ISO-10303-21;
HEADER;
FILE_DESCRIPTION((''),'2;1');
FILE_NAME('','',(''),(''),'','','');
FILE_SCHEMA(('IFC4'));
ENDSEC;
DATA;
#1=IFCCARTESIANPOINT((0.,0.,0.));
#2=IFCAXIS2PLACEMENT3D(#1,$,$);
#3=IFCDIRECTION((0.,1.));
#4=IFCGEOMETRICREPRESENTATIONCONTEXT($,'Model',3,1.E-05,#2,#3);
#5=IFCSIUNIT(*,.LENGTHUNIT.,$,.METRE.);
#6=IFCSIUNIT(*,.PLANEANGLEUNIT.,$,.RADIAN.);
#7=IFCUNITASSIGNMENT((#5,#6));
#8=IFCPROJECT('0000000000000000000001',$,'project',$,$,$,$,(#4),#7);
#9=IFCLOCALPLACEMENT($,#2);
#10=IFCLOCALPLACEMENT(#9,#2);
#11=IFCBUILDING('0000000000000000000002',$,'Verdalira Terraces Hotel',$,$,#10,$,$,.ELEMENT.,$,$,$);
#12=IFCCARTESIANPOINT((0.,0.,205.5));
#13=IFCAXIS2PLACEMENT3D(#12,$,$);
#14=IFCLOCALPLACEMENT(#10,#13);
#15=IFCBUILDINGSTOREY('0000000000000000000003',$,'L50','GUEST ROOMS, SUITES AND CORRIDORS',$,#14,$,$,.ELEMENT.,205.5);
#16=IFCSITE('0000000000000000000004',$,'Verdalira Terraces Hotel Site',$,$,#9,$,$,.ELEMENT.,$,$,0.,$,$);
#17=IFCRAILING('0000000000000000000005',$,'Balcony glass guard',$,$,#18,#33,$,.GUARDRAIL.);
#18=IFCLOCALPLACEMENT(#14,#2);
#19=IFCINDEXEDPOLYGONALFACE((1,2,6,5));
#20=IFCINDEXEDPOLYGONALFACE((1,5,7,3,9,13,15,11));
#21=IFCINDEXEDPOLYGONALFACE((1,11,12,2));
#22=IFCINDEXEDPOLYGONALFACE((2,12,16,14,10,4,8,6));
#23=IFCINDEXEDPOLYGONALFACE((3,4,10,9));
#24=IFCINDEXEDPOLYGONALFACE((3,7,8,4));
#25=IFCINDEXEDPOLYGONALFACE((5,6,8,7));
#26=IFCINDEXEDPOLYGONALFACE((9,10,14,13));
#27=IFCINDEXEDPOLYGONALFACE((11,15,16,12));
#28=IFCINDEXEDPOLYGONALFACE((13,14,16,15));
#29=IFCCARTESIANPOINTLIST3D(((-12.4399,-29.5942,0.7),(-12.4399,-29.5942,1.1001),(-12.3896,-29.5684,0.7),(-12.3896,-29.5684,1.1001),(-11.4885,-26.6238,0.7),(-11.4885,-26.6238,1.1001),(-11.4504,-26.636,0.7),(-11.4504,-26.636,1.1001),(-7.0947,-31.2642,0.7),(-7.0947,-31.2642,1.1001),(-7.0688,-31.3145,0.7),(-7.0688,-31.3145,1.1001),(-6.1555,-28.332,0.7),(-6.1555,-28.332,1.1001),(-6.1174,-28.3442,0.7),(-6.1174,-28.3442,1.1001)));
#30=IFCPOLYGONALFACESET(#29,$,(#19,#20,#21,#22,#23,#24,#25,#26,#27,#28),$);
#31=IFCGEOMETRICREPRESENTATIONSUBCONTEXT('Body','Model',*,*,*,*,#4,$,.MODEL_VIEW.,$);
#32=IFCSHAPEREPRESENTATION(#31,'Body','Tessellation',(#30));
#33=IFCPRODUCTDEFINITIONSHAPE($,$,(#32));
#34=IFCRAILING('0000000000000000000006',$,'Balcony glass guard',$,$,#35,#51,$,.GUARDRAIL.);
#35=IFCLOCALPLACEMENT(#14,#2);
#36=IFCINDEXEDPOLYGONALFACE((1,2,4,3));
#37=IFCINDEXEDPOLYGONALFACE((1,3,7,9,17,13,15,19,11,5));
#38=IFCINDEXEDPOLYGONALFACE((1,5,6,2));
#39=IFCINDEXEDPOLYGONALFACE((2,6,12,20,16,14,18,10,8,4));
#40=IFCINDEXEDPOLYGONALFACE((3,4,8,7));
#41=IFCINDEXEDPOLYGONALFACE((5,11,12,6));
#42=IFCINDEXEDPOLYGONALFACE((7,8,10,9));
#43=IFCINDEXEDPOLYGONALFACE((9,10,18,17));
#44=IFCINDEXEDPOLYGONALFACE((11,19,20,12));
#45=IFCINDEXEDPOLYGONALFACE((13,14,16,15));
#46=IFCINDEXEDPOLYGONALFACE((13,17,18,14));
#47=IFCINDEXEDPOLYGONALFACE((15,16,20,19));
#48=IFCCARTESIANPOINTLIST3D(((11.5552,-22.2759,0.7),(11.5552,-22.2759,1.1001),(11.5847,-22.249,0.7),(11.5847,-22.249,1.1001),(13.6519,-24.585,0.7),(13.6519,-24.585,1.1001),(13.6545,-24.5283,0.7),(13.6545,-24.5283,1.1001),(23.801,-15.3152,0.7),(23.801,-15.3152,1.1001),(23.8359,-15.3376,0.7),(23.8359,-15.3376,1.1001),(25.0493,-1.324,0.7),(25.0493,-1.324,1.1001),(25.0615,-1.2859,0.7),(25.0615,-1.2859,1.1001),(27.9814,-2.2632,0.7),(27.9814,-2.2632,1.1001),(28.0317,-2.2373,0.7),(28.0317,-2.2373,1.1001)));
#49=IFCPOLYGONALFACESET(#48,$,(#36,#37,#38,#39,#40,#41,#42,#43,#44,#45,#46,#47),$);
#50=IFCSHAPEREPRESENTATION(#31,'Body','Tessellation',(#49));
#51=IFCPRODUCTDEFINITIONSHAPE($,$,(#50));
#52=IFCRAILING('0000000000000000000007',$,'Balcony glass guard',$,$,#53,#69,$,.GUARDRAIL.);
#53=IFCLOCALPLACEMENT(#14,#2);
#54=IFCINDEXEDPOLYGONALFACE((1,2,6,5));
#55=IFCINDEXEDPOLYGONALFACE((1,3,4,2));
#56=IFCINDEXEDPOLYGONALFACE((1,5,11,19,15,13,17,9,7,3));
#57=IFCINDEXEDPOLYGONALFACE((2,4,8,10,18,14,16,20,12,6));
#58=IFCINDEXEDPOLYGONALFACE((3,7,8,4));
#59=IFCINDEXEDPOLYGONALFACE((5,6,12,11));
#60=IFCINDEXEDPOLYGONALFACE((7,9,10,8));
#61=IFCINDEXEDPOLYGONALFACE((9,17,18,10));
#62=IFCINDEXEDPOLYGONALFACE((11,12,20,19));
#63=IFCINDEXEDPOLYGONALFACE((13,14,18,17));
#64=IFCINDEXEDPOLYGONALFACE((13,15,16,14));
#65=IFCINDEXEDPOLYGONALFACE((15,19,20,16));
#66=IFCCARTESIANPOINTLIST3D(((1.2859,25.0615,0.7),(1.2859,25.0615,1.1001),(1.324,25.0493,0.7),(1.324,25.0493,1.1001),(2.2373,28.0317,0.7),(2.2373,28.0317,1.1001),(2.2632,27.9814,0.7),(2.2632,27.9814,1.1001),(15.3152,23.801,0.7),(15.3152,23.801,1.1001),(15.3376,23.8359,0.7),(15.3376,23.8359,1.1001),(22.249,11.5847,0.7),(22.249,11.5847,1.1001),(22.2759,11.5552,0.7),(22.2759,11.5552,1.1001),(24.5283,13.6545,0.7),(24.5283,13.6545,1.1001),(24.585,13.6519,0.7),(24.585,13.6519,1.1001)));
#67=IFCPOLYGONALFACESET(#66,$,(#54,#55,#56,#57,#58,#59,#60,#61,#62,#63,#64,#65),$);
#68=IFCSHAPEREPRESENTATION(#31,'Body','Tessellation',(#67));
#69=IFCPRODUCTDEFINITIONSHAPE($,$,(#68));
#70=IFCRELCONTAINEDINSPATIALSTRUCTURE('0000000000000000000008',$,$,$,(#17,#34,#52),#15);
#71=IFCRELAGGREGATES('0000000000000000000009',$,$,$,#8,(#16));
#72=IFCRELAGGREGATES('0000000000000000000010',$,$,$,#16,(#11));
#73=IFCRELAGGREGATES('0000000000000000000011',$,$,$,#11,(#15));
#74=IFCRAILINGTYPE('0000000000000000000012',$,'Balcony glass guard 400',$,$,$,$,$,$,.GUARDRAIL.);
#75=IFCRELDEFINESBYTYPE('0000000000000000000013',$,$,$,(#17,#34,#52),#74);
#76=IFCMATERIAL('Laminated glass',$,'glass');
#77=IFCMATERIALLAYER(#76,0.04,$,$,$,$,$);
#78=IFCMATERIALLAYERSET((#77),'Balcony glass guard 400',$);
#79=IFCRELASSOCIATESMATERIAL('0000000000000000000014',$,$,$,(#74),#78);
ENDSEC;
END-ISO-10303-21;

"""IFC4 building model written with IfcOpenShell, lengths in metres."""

from ifc_helpers import new_model, si_unit, direction, frame, origin, place, context, subcontext, project, spatial, polyline, outline, extrude, material, layer, layer_set, type_object, element, save


model = new_model("IFC4")

# Units and contexts
model_context = context("Model", 3, precision=1e-05, world=origin(), true_north=direction((0.0, 1.0)))
body_context = subcontext(model_context, "Body", "Model", "MODEL_VIEW")
ifc_project = project(units=[si_unit("LENGTHUNIT", "METRE"), si_unit("PLANEANGLEUNIT", "RADIAN")], contexts=[model_context])

# Site, building, storey
site_placement = place(None, origin())
site = spatial("IfcSite", under=ifc_project, at=site_placement, Name="Verdalira Terraces Hotel Site", CompositionType="ELEMENT", RefElevation=0.0)
building_placement = place(site_placement, origin())
building = spatial("IfcBuilding", under=site, at=building_placement, Name="Verdalira Terraces Hotel", CompositionType="ELEMENT")
storey_placement = place(building_placement, frame((0.0, 0.0, 205.5)))
storey = spatial("IfcBuildingStorey", under=building, at=storey_placement, Name="L50", Description="GUEST ROOMS, SUITES AND CORRIDORS", CompositionType="ELEMENT", Elevation=205.5)

# Railings
ifc_material_1 = material(Name="Laminated glass", Category="glass")
ifc_layer_1 = layer(ifc_material_1, 0.04)
ifc_layer_set_1 = layer_set([ifc_layer_1], Name="Balcony glass guard 400")
railing_type = type_object("IfcRailingType", Name="Balcony glass guard 400", PredefinedType="GUARDRAIL", material=ifc_layer_set_1)
railing_1_placement = place(storey_placement, frame((0.0, 0.0, 0.7)))
element("IfcRailing", 1, at=railing_1_placement, inside=storey, type_object=railing_type, Name="Balcony glass guard", PredefinedType="GUARDRAIL", context=body_context, shape_type="SweptSolid", body=[
    extrude(outline(polyline([(-12.3896, -29.5684), (-7.0947, -31.2642), (-6.1555, -28.332), (-6.1174, -28.3442), (-7.0688, -31.3145), (-12.4399, -29.5942), (-11.4885, -26.6238), (-11.4504, -26.636), (-12.3896, -29.5684)])), origin(), (0.0, 0.0, 1.0), 0.4001),
])
railing_2_placement = place(storey_placement, frame((0.0, 0.0, 0.7)))
element("IfcRailing", 2, at=railing_2_placement, inside=storey, type_object=railing_type, Name="Balcony glass guard", PredefinedType="GUARDRAIL", context=body_context, shape_type="SweptSolid", body=[
    extrude(outline(polyline([(13.6545, -24.5283), (23.801, -15.3152), (27.9814, -2.2632), (25.0493, -1.324), (25.0615, -1.2859), (28.0317, -2.2373), (23.8359, -15.3376), (13.6519, -24.585), (11.5552, -22.2759), (11.5847, -22.249), (13.6545, -24.5283)])), origin(), (0.0, 0.0, 1.0), 0.4001),
])
railing_3_placement = place(storey_placement, frame((0.0, 0.0, 0.7)))
element("IfcRailing", 3, at=railing_3_placement, inside=storey, type_object=railing_type, Name="Balcony glass guard", PredefinedType="GUARDRAIL", context=body_context, shape_type="SweptSolid", body=[
    extrude(outline(polyline([(24.5283, 13.6545), (15.3152, 23.801), (2.2632, 27.9814), (1.324, 25.0493), (1.2859, 25.0615), (2.2373, 28.0317), (15.3376, 23.8359), (24.585, 13.6519), (22.2759, 11.5552), (22.249, 11.5847), (24.5283, 13.6545)])), origin(), (0.0, 0.0, 1.0), 0.4001),
])

save(model, "model.ifc")
